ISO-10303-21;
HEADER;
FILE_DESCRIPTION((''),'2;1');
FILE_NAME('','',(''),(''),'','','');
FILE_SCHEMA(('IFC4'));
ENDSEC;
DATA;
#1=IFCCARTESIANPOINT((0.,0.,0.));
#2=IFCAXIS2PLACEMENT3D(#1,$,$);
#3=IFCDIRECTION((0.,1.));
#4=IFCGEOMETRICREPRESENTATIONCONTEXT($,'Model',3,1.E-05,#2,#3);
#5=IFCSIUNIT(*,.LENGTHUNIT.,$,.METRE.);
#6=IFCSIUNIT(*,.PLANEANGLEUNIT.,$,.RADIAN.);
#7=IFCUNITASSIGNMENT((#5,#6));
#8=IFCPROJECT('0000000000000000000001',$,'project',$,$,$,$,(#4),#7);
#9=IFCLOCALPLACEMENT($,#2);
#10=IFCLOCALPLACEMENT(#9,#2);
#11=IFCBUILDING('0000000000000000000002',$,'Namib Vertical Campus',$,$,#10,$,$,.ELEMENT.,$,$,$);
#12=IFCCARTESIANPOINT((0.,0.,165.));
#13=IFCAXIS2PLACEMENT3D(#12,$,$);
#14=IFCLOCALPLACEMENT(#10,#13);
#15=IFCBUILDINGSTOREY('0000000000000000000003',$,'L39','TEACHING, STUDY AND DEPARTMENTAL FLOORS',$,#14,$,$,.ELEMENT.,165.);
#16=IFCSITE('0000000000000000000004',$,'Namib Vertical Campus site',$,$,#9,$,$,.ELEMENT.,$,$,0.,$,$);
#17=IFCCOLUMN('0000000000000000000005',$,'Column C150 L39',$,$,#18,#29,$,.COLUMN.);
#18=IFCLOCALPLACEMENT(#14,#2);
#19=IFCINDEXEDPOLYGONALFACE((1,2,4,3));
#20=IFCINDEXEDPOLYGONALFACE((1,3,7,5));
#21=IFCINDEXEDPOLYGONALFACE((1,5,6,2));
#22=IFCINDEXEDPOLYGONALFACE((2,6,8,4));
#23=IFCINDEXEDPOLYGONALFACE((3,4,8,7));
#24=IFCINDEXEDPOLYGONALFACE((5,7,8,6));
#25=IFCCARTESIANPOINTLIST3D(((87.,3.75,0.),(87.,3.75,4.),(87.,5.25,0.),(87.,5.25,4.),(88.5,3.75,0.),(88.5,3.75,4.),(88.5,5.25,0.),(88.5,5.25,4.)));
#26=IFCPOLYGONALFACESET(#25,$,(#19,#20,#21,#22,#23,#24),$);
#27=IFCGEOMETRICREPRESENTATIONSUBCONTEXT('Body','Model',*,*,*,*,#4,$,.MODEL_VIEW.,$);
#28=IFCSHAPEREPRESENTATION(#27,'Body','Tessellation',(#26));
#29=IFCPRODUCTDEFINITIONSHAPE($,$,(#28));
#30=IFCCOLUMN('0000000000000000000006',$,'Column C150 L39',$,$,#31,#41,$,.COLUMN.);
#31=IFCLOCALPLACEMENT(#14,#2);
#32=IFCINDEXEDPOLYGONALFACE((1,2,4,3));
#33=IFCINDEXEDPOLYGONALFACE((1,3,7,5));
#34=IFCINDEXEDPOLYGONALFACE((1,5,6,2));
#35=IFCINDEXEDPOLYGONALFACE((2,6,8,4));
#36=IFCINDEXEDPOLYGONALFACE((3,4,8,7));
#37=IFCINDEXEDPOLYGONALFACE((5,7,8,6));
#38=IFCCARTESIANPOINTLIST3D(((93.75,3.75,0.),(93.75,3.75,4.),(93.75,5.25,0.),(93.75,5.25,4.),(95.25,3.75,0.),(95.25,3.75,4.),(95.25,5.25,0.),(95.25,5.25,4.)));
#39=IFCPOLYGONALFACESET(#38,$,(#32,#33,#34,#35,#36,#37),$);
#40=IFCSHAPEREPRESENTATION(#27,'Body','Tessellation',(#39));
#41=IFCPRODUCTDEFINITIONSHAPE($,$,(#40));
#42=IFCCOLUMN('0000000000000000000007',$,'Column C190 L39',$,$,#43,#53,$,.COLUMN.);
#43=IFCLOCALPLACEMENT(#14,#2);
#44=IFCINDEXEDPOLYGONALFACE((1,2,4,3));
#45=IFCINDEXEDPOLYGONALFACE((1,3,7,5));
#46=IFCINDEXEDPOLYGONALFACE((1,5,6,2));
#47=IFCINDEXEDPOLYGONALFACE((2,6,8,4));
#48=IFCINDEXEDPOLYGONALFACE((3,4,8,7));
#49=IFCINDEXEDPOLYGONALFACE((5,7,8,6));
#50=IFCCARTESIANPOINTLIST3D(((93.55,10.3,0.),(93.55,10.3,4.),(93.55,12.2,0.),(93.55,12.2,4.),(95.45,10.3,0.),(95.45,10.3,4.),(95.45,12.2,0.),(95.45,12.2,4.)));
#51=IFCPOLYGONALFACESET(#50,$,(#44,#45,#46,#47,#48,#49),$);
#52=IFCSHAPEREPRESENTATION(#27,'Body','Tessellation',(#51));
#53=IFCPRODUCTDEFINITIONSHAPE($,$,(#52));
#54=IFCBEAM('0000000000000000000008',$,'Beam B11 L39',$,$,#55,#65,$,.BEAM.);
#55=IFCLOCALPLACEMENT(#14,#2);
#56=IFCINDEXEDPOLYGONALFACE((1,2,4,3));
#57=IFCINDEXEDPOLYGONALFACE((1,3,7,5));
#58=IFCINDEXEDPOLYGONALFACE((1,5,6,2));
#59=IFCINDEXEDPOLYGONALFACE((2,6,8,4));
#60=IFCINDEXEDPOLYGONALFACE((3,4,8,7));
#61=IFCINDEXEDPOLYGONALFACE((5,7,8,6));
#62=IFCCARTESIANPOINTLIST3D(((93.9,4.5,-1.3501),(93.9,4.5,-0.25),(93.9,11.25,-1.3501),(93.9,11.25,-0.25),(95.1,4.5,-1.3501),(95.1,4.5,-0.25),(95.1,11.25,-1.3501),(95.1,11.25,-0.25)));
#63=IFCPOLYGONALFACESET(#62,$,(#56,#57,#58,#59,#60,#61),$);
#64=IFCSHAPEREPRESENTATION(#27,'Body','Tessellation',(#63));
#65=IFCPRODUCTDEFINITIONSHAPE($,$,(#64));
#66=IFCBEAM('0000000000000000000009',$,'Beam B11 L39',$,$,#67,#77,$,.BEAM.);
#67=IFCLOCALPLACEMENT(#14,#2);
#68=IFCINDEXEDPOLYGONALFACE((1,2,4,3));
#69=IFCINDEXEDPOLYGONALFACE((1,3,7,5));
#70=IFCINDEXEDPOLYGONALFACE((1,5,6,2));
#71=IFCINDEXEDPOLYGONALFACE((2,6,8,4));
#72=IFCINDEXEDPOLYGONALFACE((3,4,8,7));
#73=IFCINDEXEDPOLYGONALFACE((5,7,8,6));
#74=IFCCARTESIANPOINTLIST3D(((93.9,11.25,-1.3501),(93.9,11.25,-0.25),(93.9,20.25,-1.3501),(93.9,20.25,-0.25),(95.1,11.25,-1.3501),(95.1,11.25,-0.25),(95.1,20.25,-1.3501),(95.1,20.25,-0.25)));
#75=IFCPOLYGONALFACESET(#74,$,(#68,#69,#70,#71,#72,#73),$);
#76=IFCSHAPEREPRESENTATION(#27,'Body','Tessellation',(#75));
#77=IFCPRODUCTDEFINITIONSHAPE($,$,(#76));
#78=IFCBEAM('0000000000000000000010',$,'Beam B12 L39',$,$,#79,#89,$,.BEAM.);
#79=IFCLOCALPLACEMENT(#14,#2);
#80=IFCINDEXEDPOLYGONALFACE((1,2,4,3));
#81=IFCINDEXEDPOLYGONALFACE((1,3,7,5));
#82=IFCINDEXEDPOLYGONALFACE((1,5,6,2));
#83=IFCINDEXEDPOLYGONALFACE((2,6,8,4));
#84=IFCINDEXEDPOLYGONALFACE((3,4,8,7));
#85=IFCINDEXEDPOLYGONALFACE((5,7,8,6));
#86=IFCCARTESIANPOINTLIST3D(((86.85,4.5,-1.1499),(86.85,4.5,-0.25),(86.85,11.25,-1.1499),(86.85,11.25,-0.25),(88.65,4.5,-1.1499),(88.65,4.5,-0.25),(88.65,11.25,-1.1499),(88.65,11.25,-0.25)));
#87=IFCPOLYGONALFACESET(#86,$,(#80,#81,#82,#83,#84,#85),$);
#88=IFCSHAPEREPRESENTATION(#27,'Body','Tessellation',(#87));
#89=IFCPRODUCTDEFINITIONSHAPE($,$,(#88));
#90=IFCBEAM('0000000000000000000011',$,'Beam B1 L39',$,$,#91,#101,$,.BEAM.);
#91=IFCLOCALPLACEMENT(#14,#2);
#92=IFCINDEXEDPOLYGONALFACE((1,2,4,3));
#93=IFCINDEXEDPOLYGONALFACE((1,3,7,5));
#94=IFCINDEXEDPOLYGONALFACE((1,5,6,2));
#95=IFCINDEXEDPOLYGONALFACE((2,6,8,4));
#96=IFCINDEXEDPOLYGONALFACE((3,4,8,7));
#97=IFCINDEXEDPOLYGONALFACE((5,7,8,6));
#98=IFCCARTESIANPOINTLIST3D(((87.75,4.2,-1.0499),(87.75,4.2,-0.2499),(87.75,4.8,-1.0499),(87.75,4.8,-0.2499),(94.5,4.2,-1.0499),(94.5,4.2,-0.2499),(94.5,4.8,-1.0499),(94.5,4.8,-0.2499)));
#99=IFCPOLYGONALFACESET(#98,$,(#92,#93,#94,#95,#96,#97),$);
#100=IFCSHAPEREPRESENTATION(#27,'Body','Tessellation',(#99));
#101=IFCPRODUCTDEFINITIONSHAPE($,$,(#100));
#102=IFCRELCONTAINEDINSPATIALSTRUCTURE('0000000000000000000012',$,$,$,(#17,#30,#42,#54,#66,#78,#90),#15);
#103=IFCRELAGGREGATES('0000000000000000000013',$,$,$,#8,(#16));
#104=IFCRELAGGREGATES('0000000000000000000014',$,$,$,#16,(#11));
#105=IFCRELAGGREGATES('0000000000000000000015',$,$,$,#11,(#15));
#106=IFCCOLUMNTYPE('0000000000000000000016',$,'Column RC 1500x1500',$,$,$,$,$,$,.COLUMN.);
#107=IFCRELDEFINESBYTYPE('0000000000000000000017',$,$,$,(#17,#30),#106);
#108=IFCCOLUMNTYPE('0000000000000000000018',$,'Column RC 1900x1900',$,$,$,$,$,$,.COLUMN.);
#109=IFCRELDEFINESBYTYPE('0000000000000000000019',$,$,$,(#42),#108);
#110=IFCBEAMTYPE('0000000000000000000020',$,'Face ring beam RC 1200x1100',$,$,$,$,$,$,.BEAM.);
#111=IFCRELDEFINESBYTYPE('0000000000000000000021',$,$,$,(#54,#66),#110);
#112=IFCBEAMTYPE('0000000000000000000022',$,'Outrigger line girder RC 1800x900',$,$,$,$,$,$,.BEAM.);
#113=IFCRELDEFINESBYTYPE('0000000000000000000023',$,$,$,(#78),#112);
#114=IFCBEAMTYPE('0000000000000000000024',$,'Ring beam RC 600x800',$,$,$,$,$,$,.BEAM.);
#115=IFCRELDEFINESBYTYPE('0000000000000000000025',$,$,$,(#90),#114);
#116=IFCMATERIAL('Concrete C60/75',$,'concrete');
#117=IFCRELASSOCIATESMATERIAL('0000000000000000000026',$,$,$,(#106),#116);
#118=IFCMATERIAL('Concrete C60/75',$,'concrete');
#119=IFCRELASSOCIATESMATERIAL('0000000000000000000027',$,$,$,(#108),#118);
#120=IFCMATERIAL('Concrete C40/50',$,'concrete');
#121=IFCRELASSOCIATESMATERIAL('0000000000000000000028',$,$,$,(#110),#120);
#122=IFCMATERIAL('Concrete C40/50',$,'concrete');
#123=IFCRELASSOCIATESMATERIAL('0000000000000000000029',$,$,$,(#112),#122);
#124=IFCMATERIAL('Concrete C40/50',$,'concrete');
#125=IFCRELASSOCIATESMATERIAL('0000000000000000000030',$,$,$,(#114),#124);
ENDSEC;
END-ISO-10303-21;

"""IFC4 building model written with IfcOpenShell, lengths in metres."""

from ifc_helpers import new_model, si_unit, direction, frame, origin, origin_2d, place, context, subcontext, project, spatial, rectangle, extrude, material, material_profile, profile_set, type_object, element, save


model = new_model("IFC4")

# Units and contexts
model_context = context("Model", 3, precision=1e-05, world=origin(), true_north=direction((0.0, 1.0)))
body_context = subcontext(model_context, "Body", "Model", "MODEL_VIEW")
ifc_project = project(units=[si_unit("LENGTHUNIT", "METRE"), si_unit("PLANEANGLEUNIT", "RADIAN")], contexts=[model_context])

# Site, building, storey
site_placement = place(None, origin())
site = spatial("IfcSite", under=ifc_project, at=site_placement, Name="Namib Vertical Campus site", CompositionType="ELEMENT", RefElevation=0.0)
building_placement = place(site_placement, origin())
building = spatial("IfcBuilding", under=site, at=building_placement, Name="Namib Vertical Campus", CompositionType="ELEMENT")
storey_placement = place(building_placement, frame((0.0, 0.0, 165.0)))
storey = spatial("IfcBuildingStorey", under=building, at=storey_placement, Name="L39", Description="TEACHING, STUDY AND DEPARTMENTAL FLOORS", CompositionType="ELEMENT", Elevation=165.0)

# Columns
ifc_material_1 = material(Name="Concrete C60/75", Category="concrete")
ifc_material_profile_1 = material_profile(ifc_material_1, rectangle(XDim=1.5, YDim=1.5, at=origin_2d()))
ifc_profile_set_1 = profile_set([ifc_material_profile_1], Name="Concrete C60/75")
column_type_1 = type_object("IfcColumnType", Name="Column RC 1500x1500", PredefinedType="COLUMN", material=ifc_profile_set_1)
for number, where, z_axis, x_axis, name in (
    (1, (87.75, 4.5, 0.0), (0.0, 0.0, 1.0), (1.0, 0.0, 0.0), "Column C150 L39"),
    (2, (94.5, 4.5, 0.0), (0.0, 0.0, 1.0), (1.0, 0.0, 0.0), "Column C150 L39"),
):
    element("IfcColumn", number, at=place(storey_placement, frame(where, z_axis=z_axis, x_axis=x_axis)), inside=storey, type_object=column_type_1, Name=name, PredefinedType="COLUMN", context=body_context, shape_type="SweptSolid", body=[
        extrude(rectangle(XDim=1.5, YDim=1.5, at=origin_2d()), origin(), (0.0, 0.0, 1.0), 4.0),
    ])
ifc_material_2 = material(Name="Concrete C60/75", Category="concrete")
ifc_material_profile_2 = material_profile(ifc_material_2, rectangle(XDim=1.8999, YDim=1.8999, at=origin_2d()))
ifc_profile_set_2 = profile_set([ifc_material_profile_2], Name="Concrete C60/75")
column_type_2 = type_object("IfcColumnType", Name="Column RC 1900x1900", PredefinedType="COLUMN", material=ifc_profile_set_2)
column_placement = place(storey_placement, frame((94.5, 11.25, 0.0), z_axis=(0.0, 0.0, 1.0), x_axis=(1.0, 0.0, 0.0)))
element("IfcColumn", 3, at=column_placement, inside=storey, type_object=column_type_2, Name="Column C190 L39", PredefinedType="COLUMN", context=body_context, shape_type="SweptSolid", body=[
    extrude(rectangle(XDim=1.8999, YDim=1.8999, at=origin_2d()), origin(), (0.0, 0.0, 1.0), 4.0),
])

# Beams
ifc_material_3 = material(Name="Concrete C40/50", Category="concrete")
ifc_material_profile_3 = material_profile(ifc_material_3, rectangle(XDim=1.2, YDim=1.1001, at=origin_2d()))
ifc_profile_set_3 = profile_set([ifc_material_profile_3], Name="Concrete C40/50")
beam_type_1 = type_object("IfcBeamType", Name="Face ring beam RC 1200x1100", PredefinedType="BEAM", material=ifc_profile_set_3)
beam_1_placement = place(storey_placement, frame((94.5, 4.5, -0.8), z_axis=(0.0, 1.0, 0.0), x_axis=(-1.0, 0.0, 0.0)))
element("IfcBeam", 4, at=beam_1_placement, inside=storey, type_object=beam_type_1, Name="Beam B11 L39", PredefinedType="BEAM", context=body_context, shape_type="SweptSolid", body=[
    extrude(rectangle(XDim=1.2, YDim=1.1001, at=origin_2d()), origin(), (0.0, 0.0, 1.0), 6.75),
])
beam_2_placement = place(storey_placement, frame((94.5, 11.25, -0.8), z_axis=(0.0, 1.0, 0.0), x_axis=(-1.0, 0.0, 0.0)))
element("IfcBeam", 5, at=beam_2_placement, inside=storey, type_object=beam_type_1, Name="Beam B11 L39", PredefinedType="BEAM", context=body_context, shape_type="SweptSolid", body=[
    extrude(rectangle(XDim=1.2, YDim=1.1001, at=origin_2d()), origin(), (0.0, 0.0, 1.0), 9.0),
])
ifc_material_4 = material(Name="Concrete C40/50", Category="concrete")
ifc_material_profile_4 = material_profile(ifc_material_4, rectangle(XDim=1.8, YDim=0.8999, at=origin_2d()))
ifc_profile_set_4 = profile_set([ifc_material_profile_4], Name="Concrete C40/50")
beam_type_2 = type_object("IfcBeamType", Name="Outrigger line girder RC 1800x900", PredefinedType="BEAM", material=ifc_profile_set_4)
beam_3_placement = place(storey_placement, frame((87.75, 4.5, -0.7), z_axis=(0.0, 1.0, 0.0), x_axis=(-1.0, 0.0, 0.0)))
element("IfcBeam", 6, at=beam_3_placement, inside=storey, type_object=beam_type_2, Name="Beam B12 L39", PredefinedType="BEAM", context=body_context, shape_type="SweptSolid", body=[
    extrude(rectangle(XDim=1.8, YDim=0.8999, at=origin_2d()), origin(), (0.0, 0.0, 1.0), 6.75),
])
ifc_material_5 = material(Name="Concrete C40/50", Category="concrete")
ifc_material_profile_5 = material_profile(ifc_material_5, rectangle(XDim=0.6001, YDim=0.8, at=origin_2d()))
ifc_profile_set_5 = profile_set([ifc_material_profile_5], Name="Concrete C40/50")
beam_type_3 = type_object("IfcBeamType", Name="Ring beam RC 600x800", PredefinedType="BEAM", material=ifc_profile_set_5)
beam_4_placement = place(storey_placement, frame((87.75, 4.5, -0.6499), z_axis=(1.0, 0.0, 0.0), x_axis=(0.0, 1.0, 0.0)))
element("IfcBeam", 7, at=beam_4_placement, inside=storey, type_object=beam_type_3, Name="Beam B1 L39", PredefinedType="BEAM", context=body_context, shape_type="SweptSolid", body=[
    extrude(rectangle(XDim=0.6001, YDim=0.8, at=origin_2d()), origin(), (0.0, 0.0, 1.0), 6.75),
])

save(model, "model.ifc")
